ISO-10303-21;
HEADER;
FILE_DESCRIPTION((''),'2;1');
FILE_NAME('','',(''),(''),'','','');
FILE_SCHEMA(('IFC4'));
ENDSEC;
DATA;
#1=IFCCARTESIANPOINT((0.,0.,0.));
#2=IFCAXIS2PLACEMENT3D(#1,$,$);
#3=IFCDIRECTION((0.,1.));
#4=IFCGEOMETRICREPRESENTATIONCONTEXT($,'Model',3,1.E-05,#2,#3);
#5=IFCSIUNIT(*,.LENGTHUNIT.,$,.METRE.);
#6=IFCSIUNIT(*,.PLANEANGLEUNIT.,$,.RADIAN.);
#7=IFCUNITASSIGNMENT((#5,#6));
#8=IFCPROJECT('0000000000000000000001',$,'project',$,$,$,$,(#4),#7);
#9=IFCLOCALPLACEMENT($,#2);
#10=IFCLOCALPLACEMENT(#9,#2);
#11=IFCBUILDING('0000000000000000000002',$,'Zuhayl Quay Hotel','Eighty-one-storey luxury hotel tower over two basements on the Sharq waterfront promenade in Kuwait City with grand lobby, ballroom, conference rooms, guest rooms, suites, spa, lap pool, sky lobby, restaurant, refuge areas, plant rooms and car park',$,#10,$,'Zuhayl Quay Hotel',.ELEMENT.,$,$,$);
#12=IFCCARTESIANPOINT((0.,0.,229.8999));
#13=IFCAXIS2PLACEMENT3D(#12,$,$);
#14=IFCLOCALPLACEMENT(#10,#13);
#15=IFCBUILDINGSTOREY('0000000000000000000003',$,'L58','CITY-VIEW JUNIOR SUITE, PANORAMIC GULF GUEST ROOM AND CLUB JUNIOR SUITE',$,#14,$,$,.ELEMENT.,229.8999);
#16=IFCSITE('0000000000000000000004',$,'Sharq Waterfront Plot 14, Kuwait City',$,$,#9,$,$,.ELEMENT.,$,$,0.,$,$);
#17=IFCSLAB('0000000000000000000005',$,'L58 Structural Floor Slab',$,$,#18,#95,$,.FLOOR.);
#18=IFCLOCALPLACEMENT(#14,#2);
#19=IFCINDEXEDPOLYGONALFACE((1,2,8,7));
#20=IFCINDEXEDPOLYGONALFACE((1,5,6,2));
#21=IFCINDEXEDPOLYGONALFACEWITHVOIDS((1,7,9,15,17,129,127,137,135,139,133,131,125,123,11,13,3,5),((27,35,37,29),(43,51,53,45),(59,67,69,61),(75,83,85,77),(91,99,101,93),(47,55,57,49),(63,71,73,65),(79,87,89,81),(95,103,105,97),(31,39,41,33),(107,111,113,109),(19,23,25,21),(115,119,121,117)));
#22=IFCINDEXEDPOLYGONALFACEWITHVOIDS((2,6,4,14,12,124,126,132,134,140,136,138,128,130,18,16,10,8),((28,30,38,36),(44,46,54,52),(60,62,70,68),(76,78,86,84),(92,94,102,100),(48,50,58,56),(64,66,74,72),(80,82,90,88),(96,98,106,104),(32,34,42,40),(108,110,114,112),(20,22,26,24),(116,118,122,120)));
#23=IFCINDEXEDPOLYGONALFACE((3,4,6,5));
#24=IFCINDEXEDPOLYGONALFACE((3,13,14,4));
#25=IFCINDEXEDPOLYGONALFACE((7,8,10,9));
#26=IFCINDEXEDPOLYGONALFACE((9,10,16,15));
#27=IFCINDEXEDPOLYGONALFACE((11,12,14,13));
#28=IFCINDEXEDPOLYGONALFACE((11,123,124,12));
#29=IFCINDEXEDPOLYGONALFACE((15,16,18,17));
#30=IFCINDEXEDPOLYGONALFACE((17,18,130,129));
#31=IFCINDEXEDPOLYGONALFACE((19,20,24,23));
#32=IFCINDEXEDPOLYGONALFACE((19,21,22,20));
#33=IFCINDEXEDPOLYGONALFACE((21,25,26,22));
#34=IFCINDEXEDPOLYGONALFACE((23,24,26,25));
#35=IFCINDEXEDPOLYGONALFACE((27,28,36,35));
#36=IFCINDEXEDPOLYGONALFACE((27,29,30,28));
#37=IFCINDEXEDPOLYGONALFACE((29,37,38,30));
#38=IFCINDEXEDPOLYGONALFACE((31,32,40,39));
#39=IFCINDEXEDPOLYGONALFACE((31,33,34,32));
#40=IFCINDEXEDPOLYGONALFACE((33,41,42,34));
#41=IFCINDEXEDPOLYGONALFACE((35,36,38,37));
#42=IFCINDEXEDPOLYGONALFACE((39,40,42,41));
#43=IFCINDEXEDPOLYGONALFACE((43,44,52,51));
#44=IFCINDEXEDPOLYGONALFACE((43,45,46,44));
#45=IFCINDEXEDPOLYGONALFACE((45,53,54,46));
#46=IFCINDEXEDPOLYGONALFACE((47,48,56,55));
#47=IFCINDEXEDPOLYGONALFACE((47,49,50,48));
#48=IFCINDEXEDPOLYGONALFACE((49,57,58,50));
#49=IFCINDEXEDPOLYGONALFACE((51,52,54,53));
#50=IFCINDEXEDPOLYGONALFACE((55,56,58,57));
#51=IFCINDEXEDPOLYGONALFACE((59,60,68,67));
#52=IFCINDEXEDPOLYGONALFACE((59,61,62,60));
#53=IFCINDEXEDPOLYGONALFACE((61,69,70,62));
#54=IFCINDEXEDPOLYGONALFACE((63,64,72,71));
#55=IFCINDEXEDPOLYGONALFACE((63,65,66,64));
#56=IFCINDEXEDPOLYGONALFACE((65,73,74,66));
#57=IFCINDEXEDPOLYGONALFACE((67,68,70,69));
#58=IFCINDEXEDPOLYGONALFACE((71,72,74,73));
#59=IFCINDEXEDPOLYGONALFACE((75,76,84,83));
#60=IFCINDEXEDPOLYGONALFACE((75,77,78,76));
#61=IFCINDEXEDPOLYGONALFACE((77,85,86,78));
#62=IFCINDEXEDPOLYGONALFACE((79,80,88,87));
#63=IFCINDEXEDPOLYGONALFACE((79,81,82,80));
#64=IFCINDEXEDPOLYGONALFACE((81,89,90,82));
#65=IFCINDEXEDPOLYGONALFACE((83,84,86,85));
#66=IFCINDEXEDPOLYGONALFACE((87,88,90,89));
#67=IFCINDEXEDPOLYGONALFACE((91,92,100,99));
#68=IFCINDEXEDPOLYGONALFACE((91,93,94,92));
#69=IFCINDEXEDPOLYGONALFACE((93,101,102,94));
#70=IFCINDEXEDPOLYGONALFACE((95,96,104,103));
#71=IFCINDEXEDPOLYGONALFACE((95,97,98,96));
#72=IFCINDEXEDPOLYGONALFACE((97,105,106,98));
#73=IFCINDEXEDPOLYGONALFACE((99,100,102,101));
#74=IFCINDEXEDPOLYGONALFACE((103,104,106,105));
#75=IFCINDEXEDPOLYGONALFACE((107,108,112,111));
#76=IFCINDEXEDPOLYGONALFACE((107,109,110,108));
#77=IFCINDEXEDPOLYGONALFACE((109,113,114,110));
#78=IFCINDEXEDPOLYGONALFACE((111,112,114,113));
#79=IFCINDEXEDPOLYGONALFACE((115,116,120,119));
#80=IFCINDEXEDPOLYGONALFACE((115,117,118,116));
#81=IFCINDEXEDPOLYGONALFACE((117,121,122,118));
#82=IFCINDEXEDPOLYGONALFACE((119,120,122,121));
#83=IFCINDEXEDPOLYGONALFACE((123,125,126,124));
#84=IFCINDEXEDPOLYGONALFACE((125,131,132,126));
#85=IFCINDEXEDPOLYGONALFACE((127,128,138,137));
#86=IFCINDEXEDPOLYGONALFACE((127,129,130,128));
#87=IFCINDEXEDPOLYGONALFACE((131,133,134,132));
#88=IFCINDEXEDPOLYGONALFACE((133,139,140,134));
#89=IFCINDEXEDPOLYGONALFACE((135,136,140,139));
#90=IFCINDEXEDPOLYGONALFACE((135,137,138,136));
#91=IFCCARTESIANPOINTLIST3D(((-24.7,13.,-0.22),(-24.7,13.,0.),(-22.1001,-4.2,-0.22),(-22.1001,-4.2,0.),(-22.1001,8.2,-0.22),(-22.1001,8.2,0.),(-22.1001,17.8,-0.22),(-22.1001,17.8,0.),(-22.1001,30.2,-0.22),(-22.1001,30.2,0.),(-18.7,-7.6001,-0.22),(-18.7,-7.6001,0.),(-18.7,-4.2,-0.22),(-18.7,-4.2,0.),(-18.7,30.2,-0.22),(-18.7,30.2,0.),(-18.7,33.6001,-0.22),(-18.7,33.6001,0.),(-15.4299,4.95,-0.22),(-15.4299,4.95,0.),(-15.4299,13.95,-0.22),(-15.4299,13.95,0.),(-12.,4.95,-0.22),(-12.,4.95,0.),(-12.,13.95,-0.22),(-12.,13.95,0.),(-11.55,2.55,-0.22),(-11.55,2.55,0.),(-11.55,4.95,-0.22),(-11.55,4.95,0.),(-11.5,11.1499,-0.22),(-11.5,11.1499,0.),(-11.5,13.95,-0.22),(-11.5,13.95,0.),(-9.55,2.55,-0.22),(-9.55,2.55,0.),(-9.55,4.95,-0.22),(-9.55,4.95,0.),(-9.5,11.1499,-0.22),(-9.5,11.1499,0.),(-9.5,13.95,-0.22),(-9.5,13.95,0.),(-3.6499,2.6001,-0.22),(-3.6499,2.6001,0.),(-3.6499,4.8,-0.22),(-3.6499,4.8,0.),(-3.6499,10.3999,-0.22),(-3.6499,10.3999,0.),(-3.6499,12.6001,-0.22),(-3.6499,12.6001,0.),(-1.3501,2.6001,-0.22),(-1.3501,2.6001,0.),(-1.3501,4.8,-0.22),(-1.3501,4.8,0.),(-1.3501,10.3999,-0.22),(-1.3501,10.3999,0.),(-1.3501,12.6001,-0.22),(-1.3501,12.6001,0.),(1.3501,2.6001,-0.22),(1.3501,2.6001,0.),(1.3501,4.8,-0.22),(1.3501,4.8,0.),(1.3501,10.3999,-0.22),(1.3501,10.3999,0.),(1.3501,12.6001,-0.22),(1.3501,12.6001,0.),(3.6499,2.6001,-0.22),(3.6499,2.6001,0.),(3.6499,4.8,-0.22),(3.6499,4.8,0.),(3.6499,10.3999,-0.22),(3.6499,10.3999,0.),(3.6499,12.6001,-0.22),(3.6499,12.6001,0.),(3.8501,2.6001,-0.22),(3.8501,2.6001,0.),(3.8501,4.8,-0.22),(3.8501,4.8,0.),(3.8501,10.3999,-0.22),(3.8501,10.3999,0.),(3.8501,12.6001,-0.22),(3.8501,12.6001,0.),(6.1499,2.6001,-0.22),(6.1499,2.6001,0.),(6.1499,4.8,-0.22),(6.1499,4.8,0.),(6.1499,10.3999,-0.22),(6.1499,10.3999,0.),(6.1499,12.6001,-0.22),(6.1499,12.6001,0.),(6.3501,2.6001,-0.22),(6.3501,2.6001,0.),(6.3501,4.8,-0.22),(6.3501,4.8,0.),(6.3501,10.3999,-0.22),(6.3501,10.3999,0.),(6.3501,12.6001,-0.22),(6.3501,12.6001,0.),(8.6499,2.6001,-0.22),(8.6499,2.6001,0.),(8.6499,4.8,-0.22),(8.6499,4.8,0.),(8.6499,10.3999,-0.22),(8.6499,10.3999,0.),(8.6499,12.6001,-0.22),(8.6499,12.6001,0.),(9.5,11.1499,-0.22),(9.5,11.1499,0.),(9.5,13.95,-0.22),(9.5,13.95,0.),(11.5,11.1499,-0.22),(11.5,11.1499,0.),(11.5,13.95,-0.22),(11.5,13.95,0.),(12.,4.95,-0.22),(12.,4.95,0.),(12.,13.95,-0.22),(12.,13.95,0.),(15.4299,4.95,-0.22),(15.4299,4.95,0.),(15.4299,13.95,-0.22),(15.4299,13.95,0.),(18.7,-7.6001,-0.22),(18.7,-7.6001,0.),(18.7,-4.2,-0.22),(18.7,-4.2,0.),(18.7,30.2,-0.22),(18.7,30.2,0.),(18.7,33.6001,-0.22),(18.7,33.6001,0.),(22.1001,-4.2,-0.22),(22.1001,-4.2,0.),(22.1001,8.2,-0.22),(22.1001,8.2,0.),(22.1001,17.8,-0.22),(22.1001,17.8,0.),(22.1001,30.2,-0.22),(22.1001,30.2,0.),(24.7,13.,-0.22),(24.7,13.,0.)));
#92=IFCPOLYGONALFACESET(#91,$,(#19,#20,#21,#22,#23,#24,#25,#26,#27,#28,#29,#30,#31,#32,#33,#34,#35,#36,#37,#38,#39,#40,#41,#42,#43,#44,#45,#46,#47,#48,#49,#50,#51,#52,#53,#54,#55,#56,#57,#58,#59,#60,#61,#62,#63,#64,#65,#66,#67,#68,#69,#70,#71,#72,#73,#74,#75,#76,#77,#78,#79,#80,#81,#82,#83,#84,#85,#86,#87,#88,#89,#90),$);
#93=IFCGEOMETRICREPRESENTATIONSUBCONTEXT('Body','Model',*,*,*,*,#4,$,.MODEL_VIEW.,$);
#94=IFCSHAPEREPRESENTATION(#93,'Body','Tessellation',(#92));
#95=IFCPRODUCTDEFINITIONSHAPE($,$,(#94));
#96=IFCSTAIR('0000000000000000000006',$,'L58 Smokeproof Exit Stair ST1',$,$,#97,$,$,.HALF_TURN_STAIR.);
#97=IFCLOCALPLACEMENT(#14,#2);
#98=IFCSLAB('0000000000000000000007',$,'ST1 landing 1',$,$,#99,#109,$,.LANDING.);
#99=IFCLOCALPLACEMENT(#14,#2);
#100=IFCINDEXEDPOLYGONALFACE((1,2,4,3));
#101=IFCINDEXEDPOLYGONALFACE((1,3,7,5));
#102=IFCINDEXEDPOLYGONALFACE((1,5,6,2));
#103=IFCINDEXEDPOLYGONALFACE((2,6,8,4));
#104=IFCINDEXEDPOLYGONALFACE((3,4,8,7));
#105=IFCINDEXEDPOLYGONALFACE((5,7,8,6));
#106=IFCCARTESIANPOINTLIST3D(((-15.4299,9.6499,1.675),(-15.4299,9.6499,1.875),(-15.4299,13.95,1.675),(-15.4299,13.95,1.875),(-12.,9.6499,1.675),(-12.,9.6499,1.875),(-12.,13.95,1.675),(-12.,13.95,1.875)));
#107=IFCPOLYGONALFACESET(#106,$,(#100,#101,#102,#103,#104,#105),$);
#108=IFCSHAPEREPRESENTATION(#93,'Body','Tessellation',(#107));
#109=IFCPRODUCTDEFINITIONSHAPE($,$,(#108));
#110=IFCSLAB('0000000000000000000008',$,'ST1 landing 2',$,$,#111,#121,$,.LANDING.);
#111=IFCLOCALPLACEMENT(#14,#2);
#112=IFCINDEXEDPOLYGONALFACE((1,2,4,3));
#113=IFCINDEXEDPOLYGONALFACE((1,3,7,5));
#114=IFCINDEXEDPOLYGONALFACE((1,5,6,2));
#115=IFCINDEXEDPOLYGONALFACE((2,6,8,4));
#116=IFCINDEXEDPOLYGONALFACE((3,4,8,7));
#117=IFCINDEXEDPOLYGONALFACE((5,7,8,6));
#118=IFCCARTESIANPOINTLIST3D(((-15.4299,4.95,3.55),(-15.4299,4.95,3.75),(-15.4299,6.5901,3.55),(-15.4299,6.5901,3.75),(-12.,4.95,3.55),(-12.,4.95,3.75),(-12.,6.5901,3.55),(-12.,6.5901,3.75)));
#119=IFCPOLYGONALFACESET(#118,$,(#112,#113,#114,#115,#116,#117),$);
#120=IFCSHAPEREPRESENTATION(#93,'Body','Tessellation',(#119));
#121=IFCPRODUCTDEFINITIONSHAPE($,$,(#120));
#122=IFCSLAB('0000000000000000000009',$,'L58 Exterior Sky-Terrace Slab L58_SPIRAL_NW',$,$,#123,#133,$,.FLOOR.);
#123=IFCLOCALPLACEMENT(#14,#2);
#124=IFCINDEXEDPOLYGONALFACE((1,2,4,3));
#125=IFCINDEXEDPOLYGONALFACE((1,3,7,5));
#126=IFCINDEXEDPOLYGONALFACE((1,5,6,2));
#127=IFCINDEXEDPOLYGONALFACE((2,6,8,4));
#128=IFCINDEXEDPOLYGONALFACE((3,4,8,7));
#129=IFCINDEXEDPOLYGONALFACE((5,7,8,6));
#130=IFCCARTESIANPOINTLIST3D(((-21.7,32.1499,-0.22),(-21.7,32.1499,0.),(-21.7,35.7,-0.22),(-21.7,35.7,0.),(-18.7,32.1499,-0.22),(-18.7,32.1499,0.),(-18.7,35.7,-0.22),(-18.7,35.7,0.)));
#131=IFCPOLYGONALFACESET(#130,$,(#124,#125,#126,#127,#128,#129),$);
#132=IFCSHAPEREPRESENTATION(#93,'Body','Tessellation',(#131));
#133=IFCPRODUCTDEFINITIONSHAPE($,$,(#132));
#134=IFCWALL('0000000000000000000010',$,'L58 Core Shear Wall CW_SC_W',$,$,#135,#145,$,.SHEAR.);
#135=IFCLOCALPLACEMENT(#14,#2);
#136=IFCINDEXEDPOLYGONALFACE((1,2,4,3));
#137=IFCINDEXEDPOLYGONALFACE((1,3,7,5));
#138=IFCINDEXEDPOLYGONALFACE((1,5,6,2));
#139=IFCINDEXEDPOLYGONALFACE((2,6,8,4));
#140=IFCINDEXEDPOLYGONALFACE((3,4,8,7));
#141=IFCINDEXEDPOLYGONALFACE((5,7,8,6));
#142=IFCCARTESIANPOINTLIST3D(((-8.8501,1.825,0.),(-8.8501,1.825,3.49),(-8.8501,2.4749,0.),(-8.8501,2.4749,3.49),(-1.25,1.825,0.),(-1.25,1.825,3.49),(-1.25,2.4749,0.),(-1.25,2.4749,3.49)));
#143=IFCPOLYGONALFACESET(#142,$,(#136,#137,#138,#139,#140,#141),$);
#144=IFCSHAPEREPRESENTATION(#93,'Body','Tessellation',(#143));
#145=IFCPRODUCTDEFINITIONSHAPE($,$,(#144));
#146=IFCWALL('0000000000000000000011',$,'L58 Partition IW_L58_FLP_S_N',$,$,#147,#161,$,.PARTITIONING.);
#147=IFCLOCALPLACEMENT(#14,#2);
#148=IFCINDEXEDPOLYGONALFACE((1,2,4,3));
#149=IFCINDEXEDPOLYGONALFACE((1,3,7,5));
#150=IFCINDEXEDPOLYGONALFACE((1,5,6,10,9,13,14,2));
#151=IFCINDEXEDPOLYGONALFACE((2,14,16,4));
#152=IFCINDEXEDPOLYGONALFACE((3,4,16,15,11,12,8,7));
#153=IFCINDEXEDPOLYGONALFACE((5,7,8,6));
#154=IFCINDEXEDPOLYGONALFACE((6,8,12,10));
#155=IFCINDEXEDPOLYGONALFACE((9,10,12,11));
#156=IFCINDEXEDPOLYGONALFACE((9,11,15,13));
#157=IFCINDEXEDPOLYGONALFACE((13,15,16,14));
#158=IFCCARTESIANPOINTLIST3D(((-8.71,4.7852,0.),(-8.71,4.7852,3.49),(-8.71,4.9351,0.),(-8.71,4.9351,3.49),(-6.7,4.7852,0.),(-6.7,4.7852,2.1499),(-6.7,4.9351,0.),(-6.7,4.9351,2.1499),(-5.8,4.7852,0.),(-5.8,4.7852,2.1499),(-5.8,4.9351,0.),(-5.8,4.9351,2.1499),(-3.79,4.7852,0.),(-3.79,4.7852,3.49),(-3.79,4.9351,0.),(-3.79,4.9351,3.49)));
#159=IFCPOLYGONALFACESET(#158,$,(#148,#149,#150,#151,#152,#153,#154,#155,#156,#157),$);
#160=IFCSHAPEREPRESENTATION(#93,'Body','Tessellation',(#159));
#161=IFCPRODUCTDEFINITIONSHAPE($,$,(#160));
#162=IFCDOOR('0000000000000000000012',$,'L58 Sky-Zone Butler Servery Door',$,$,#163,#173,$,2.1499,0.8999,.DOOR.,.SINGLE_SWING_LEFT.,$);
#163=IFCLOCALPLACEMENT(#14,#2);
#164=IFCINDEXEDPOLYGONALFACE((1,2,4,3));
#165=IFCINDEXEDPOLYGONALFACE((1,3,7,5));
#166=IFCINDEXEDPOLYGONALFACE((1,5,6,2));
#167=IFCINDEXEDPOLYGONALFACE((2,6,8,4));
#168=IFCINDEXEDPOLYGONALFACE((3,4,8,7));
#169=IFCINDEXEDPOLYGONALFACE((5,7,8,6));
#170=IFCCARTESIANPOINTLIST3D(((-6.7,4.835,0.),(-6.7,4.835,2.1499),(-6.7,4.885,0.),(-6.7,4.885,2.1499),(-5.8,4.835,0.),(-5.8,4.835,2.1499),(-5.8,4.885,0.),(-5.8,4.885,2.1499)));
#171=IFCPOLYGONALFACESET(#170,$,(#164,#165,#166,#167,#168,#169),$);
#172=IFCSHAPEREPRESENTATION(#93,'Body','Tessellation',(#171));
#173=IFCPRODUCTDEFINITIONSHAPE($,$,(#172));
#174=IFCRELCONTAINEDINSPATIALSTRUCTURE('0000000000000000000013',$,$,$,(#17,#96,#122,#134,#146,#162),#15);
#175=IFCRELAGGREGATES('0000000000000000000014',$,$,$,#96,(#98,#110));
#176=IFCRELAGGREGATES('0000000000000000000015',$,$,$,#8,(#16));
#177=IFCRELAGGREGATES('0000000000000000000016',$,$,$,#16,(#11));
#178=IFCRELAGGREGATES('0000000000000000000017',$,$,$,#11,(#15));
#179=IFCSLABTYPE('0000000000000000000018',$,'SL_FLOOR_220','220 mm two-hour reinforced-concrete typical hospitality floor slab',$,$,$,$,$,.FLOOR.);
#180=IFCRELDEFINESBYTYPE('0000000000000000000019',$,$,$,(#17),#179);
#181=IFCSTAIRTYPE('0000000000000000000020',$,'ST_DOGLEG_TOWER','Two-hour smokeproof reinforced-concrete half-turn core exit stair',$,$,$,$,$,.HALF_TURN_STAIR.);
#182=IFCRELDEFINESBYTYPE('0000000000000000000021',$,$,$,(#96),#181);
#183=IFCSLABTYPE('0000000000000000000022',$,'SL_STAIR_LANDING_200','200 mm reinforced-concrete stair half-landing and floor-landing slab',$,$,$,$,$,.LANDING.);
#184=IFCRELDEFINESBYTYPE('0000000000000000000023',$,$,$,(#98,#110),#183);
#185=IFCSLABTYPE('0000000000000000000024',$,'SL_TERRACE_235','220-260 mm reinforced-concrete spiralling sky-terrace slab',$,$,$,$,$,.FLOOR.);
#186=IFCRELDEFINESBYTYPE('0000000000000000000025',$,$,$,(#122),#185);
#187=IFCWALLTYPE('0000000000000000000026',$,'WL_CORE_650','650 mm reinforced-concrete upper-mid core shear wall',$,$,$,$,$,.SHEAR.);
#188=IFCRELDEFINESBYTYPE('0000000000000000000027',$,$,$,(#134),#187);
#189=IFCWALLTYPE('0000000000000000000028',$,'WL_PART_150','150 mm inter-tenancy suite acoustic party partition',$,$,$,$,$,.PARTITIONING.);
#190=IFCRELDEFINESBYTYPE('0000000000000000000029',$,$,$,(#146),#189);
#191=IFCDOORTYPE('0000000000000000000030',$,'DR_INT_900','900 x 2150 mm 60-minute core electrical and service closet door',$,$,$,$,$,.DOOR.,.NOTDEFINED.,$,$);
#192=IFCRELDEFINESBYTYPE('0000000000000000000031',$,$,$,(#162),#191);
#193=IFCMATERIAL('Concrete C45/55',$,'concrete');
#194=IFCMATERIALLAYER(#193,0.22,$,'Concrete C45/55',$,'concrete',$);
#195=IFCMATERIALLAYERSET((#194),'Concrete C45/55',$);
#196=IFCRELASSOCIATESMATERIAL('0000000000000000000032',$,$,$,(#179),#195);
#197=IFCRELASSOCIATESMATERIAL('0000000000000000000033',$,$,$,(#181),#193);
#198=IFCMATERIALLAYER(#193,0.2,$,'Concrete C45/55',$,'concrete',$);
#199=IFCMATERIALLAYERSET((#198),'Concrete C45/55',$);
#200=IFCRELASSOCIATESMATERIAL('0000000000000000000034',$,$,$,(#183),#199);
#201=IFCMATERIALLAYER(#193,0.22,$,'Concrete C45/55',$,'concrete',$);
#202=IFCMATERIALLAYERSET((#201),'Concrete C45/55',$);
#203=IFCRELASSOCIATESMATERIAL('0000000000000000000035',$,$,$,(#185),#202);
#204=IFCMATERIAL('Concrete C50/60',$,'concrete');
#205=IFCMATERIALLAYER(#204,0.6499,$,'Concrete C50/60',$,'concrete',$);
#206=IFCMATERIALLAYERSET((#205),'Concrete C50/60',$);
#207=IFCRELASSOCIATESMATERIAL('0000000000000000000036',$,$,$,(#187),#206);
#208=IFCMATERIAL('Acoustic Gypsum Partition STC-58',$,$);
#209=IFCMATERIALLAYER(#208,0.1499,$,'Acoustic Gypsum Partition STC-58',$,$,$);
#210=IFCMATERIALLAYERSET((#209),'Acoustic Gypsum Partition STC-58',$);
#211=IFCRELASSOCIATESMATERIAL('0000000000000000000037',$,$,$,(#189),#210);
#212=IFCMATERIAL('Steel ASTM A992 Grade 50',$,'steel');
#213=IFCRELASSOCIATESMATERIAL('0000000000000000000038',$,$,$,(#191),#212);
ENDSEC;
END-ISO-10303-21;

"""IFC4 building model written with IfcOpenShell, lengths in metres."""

from ifc_helpers import new_model, si_unit, direction, frame, frame_2d, origin, place, context, subcontext, project, spatial, polyline, rectangle, outline, extrude, material, layer, layer_set, type_object, element, fill, aggregate, save


model = new_model("IFC4")

# Units and contexts
model_context = context("Model", 3, precision=1e-05, world=origin(), true_north=direction((0.0, 1.0)))
body_context = subcontext(model_context, "Body", "Model", "MODEL_VIEW")
ifc_project = project(units=[si_unit("LENGTHUNIT", "METRE"), si_unit("PLANEANGLEUNIT", "RADIAN")], contexts=[model_context])

# Site, building, storey
site_placement = place(None, origin())
site = spatial("IfcSite", under=ifc_project, at=site_placement, Name="Sharq Waterfront Plot 14, Kuwait City", CompositionType="ELEMENT", RefElevation=0.0)
building_placement = place(site_placement, origin())
building = spatial("IfcBuilding", under=site, at=building_placement, Name="Zuhayl Quay Hotel", Description="Eighty-one-storey luxury hotel tower over two basements on the Sharq waterfront promenade in Kuwait City with grand lobby, ballroom, conference rooms, guest rooms, suites, spa, lap pool, sky lobby, restaurant, refuge areas, plant rooms and car park", LongName="Zuhayl Quay Hotel", CompositionType="ELEMENT")
storey_placement = place(building_placement, frame((0.0, 0.0, 229.8999)))
storey = spatial("IfcBuildingStorey", under=building, at=storey_placement, Name="L58", Description="CITY-VIEW JUNIOR SUITE, PANORAMIC GULF GUEST ROOM AND CLUB JUNIOR SUITE", CompositionType="ELEMENT", Elevation=229.8999)

# Shared definitions
ifc_material_1 = material(Name="Steel ASTM A992 Grade 50", Category="steel")

# Slab
ifc_material_2 = material(Name="Concrete C45/55", Category="concrete")
ifc_layer_1 = layer(ifc_material_2, 0.22, Name="Concrete C45/55", Category="concrete")
ifc_layer_set_1 = layer_set([ifc_layer_1], Name="Concrete C45/55")
slab_type_1 = type_object("IfcSlabType", Name="SL_FLOOR_220", Description="220 mm two-hour reinforced-concrete typical hospitality floor slab", PredefinedType="FLOOR", material=ifc_layer_set_1)
slab_1_placement = place(storey_placement, frame((0.0, 0.0, -0.22)))
element("IfcSlab", 1, at=slab_1_placement, inside=storey, type_object=slab_type_1, Name="L58 Structural Floor Slab", PredefinedType="FLOOR", context=body_context, shape_type="SweptSolid", body=[
    extrude(outline(polyline([(-18.7, -7.6001), (18.7, -7.6001), (18.7, -4.2), (22.1001, -4.2), (22.1001, 8.2), (24.7, 13.0), (22.1001, 17.8), (22.1001, 30.2), (18.7, 30.2), (18.7, 33.6001), (-18.7, 33.6001), (-18.7, 30.2), (-22.1001, 30.2), (-22.1001, 17.8), (-24.7, 13.0), (-22.1001, 8.2), (-22.1001, -4.2), (-18.7, -4.2), (-18.7, -7.6001)]), holes=[polyline([(-12.0, 4.95), (-12.0, 13.95), (-15.4299, 13.95), (-15.4299, 4.95), (-12.0, 4.95)]), polyline([(15.4299, 4.95), (15.4299, 13.95), (12.0, 13.95), (12.0, 4.95), (15.4299, 4.95)]), polyline([(-11.5, 11.1499), (-9.5, 11.1499), (-9.5, 13.95), (-11.5, 13.95), (-11.5, 11.1499)]), polyline([(9.5, 11.1499), (11.5, 11.1499), (11.5, 13.95), (9.5, 13.95), (9.5, 11.1499)]), polyline([(-3.6499, 2.6001), (-1.3501, 2.6001), (-1.3501, 4.8), (-3.6499, 4.8), (-3.6499, 2.6001)]), polyline([(1.3501, 2.6001), (3.6499, 2.6001), (3.6499, 4.8), (1.3501, 4.8), (1.3501, 2.6001)]), polyline([(-3.6499, 10.3999), (-1.3501, 10.3999), (-1.3501, 12.6001), (-3.6499, 12.6001), (-3.6499, 10.3999)]), polyline([(1.3501, 10.3999), (3.6499, 10.3999), (3.6499, 12.6001), (1.3501, 12.6001), (1.3501, 10.3999)]), polyline([(3.8501, 2.6001), (6.1499, 2.6001), (6.1499, 4.8), (3.8501, 4.8), (3.8501, 2.6001)]), polyline([(6.3501, 2.6001), (8.6499, 2.6001), (8.6499, 4.8), (6.3501, 4.8), (6.3501, 2.6001)]), polyline([(3.8501, 10.3999), (6.1499, 10.3999), (6.1499, 12.6001), (3.8501, 12.6001), (3.8501, 10.3999)]), polyline([(6.3501, 10.3999), (8.6499, 10.3999), (8.6499, 12.6001), (6.3501, 12.6001), (6.3501, 10.3999)]), polyline([(-11.55, 2.55), (-9.55, 2.55), (-9.55, 4.95), (-11.55, 4.95), (-11.55, 2.55)])]), origin(), (0.0, 0.0, 1.0), 0.22),
])

# Stair, slabs
stair_type = type_object("IfcStairType", Name="ST_DOGLEG_TOWER", Description="Two-hour smokeproof reinforced-concrete half-turn core exit stair", PredefinedType="HALF_TURN_STAIR", material=ifc_material_2)
stair_placement = place(storey_placement, origin())
stair = element("IfcStair", 2, at=stair_placement, inside=storey, type_object=stair_type, Name="L58 Smokeproof Exit Stair ST1", PredefinedType="HALF_TURN_STAIR")
ifc_layer_2 = layer(ifc_material_2, 0.2, Name="Concrete C45/55", Category="concrete")
ifc_layer_set_2 = layer_set([ifc_layer_2], Name="Concrete C45/55")
slab_type_2 = type_object("IfcSlabType", Name="SL_STAIR_LANDING_200", Description="200 mm reinforced-concrete stair half-landing and floor-landing slab", PredefinedType="LANDING", material=ifc_layer_set_2)
slab_2_placement = place(storey_placement, frame((0.0, 0.0, 1.675)))
slab_2 = element("IfcSlab", 3, at=slab_2_placement, type_object=slab_type_2, Name="ST1 landing 1", PredefinedType="LANDING", context=body_context, shape_type="SweptSolid", body=[
    extrude(outline(polyline([(-12.0, 9.6499), (-12.0, 13.95), (-15.4299, 13.95), (-15.4299, 9.6499), (-12.0, 9.6499)])), origin(), (0.0, 0.0, 1.0), 0.2),
])
slab_3_placement = place(storey_placement, frame((0.0, 0.0, 3.55)))
slab_3 = element("IfcSlab", 4, at=slab_3_placement, type_object=slab_type_2, Name="ST1 landing 2", PredefinedType="LANDING", context=body_context, shape_type="SweptSolid", body=[
    extrude(outline(polyline([(-12.0, 4.95), (-12.0, 6.5901), (-15.4299, 6.5901), (-15.4299, 4.95), (-12.0, 4.95)])), origin(), (0.0, 0.0, 1.0), 0.2),
])
aggregate(stair, [slab_2, slab_3])

# Slab
ifc_layer_3 = layer(ifc_material_2, 0.22, Name="Concrete C45/55", Category="concrete")
ifc_layer_set_3 = layer_set([ifc_layer_3], Name="Concrete C45/55")
slab_type_3 = type_object("IfcSlabType", Name="SL_TERRACE_235", Description="220-260 mm reinforced-concrete spiralling sky-terrace slab", PredefinedType="FLOOR", material=ifc_layer_set_3)
slab_4_placement = place(storey_placement, frame((0.0, 0.0, -0.22)))
element("IfcSlab", 5, at=slab_4_placement, inside=storey, type_object=slab_type_3, Name="L58 Exterior Sky-Terrace Slab L58_SPIRAL_NW", PredefinedType="FLOOR", context=body_context, shape_type="SweptSolid", body=[
    extrude(outline(polyline([(-21.7, 32.1499), (-18.7, 32.1499), (-18.7, 35.7), (-21.7, 35.7), (-21.7, 32.1499)])), origin(), (0.0, 0.0, 1.0), 0.22),
])

# Wall
ifc_material_3 = material(Name="Concrete C50/60", Category="concrete")
ifc_layer_4 = layer(ifc_material_3, 0.6499, Name="Concrete C50/60", Category="concrete")
ifc_layer_set_4 = layer_set([ifc_layer_4], Name="Concrete C50/60")
wall_type_1 = type_object("IfcWallType", Name="WL_CORE_650", Description="650 mm reinforced-concrete upper-mid core shear wall", PredefinedType="SHEAR", material=ifc_layer_set_4)
wall_1_placement = place(storey_placement, frame((-8.8501, 2.1499, 0.0), z_axis=(0.0, 0.0, 1.0), x_axis=(1.0, 0.0, 0.0)))
element("IfcWall", 6, at=wall_1_placement, inside=storey, type_object=wall_type_1, Name="L58 Core Shear Wall CW_SC_W", PredefinedType="SHEAR", context=body_context, shape_type="SweptSolid", body=[
    extrude(rectangle(XDim=7.6001, YDim=0.6499, at=frame_2d((3.8, 0.0))), origin(), (0.0, 0.0, 1.0), 3.49),
])

# Wall, opening, door
ifc_material_4 = material(Name="Acoustic Gypsum Partition STC-58")
ifc_layer_5 = layer(ifc_material_4, 0.1499, Name="Acoustic Gypsum Partition STC-58")
ifc_layer_set_5 = layer_set([ifc_layer_5], Name="Acoustic Gypsum Partition STC-58")
wall_type_2 = type_object("IfcWallType", Name="WL_PART_150", Description="150 mm inter-tenancy suite acoustic party partition", PredefinedType="PARTITIONING", material=ifc_layer_set_5)
wall_2_placement = place(storey_placement, frame((-8.71, 4.8601, 0.0), z_axis=(0.0, 0.0, 1.0), x_axis=(1.0, 0.0, 0.0)))
wall_2 = element("IfcWall", 7, at=wall_2_placement, inside=storey, type_object=wall_type_2, Name="L58 Partition IW_L58_FLP_S_N", PredefinedType="PARTITIONING", context=body_context, shape_type="SweptSolid", body=[
    extrude(rectangle(XDim=4.9199, YDim=0.1499, at=frame_2d((2.46, 0.0))), origin(), (0.0, 0.0, 1.0), 3.49),
])
opening_1_placement = place(wall_2_placement, frame((2.01, 0.0, 0.0)))
opening_1 = element("IfcOpeningElement", 8, at=opening_1_placement, cuts=wall_2, PredefinedType="OPENING", context=body_context, shape_type="SweptSolid", body=[
    extrude(rectangle(XDim=0.8999, YDim=2.1499, at=frame_2d((0.45, 1.075))), frame((0.0, 0.085, 0.0), z_axis=(0.0, -1.0, 0.0), x_axis=(1.0, 0.0, 0.0)), (0.0, 0.0, 1.0), 0.1699),
])
door_type_1 = type_object("IfcDoorType", Name="DR_INT_900", Description="900 x 2150 mm 60-minute core electrical and service closet door", OperationType="NOTDEFINED", PredefinedType="DOOR", material=ifc_material_1)
door_1_placement = place(opening_1_placement, origin())
door_1 = element("IfcDoor", 9, at=door_1_placement, inside=storey, type_object=door_type_1, Name="L58 Sky-Zone Butler Servery Door", OperationType="SINGLE_SWING_LEFT", OverallHeight=2.1499, OverallWidth=0.8999, PredefinedType="DOOR", context=body_context, shape_type="SweptSolid", body=[
    extrude(rectangle(XDim=0.8999, YDim=2.1499, at=frame_2d((0.45, 1.075))), frame((0.0, 0.0249, 0.0), z_axis=(0.0, -1.0, 0.0), x_axis=(1.0, 0.0, 0.0)), (0.0, 0.0, 1.0), 0.05),
])
fill(opening_1, door_1)

save(model, "model.ifc")
